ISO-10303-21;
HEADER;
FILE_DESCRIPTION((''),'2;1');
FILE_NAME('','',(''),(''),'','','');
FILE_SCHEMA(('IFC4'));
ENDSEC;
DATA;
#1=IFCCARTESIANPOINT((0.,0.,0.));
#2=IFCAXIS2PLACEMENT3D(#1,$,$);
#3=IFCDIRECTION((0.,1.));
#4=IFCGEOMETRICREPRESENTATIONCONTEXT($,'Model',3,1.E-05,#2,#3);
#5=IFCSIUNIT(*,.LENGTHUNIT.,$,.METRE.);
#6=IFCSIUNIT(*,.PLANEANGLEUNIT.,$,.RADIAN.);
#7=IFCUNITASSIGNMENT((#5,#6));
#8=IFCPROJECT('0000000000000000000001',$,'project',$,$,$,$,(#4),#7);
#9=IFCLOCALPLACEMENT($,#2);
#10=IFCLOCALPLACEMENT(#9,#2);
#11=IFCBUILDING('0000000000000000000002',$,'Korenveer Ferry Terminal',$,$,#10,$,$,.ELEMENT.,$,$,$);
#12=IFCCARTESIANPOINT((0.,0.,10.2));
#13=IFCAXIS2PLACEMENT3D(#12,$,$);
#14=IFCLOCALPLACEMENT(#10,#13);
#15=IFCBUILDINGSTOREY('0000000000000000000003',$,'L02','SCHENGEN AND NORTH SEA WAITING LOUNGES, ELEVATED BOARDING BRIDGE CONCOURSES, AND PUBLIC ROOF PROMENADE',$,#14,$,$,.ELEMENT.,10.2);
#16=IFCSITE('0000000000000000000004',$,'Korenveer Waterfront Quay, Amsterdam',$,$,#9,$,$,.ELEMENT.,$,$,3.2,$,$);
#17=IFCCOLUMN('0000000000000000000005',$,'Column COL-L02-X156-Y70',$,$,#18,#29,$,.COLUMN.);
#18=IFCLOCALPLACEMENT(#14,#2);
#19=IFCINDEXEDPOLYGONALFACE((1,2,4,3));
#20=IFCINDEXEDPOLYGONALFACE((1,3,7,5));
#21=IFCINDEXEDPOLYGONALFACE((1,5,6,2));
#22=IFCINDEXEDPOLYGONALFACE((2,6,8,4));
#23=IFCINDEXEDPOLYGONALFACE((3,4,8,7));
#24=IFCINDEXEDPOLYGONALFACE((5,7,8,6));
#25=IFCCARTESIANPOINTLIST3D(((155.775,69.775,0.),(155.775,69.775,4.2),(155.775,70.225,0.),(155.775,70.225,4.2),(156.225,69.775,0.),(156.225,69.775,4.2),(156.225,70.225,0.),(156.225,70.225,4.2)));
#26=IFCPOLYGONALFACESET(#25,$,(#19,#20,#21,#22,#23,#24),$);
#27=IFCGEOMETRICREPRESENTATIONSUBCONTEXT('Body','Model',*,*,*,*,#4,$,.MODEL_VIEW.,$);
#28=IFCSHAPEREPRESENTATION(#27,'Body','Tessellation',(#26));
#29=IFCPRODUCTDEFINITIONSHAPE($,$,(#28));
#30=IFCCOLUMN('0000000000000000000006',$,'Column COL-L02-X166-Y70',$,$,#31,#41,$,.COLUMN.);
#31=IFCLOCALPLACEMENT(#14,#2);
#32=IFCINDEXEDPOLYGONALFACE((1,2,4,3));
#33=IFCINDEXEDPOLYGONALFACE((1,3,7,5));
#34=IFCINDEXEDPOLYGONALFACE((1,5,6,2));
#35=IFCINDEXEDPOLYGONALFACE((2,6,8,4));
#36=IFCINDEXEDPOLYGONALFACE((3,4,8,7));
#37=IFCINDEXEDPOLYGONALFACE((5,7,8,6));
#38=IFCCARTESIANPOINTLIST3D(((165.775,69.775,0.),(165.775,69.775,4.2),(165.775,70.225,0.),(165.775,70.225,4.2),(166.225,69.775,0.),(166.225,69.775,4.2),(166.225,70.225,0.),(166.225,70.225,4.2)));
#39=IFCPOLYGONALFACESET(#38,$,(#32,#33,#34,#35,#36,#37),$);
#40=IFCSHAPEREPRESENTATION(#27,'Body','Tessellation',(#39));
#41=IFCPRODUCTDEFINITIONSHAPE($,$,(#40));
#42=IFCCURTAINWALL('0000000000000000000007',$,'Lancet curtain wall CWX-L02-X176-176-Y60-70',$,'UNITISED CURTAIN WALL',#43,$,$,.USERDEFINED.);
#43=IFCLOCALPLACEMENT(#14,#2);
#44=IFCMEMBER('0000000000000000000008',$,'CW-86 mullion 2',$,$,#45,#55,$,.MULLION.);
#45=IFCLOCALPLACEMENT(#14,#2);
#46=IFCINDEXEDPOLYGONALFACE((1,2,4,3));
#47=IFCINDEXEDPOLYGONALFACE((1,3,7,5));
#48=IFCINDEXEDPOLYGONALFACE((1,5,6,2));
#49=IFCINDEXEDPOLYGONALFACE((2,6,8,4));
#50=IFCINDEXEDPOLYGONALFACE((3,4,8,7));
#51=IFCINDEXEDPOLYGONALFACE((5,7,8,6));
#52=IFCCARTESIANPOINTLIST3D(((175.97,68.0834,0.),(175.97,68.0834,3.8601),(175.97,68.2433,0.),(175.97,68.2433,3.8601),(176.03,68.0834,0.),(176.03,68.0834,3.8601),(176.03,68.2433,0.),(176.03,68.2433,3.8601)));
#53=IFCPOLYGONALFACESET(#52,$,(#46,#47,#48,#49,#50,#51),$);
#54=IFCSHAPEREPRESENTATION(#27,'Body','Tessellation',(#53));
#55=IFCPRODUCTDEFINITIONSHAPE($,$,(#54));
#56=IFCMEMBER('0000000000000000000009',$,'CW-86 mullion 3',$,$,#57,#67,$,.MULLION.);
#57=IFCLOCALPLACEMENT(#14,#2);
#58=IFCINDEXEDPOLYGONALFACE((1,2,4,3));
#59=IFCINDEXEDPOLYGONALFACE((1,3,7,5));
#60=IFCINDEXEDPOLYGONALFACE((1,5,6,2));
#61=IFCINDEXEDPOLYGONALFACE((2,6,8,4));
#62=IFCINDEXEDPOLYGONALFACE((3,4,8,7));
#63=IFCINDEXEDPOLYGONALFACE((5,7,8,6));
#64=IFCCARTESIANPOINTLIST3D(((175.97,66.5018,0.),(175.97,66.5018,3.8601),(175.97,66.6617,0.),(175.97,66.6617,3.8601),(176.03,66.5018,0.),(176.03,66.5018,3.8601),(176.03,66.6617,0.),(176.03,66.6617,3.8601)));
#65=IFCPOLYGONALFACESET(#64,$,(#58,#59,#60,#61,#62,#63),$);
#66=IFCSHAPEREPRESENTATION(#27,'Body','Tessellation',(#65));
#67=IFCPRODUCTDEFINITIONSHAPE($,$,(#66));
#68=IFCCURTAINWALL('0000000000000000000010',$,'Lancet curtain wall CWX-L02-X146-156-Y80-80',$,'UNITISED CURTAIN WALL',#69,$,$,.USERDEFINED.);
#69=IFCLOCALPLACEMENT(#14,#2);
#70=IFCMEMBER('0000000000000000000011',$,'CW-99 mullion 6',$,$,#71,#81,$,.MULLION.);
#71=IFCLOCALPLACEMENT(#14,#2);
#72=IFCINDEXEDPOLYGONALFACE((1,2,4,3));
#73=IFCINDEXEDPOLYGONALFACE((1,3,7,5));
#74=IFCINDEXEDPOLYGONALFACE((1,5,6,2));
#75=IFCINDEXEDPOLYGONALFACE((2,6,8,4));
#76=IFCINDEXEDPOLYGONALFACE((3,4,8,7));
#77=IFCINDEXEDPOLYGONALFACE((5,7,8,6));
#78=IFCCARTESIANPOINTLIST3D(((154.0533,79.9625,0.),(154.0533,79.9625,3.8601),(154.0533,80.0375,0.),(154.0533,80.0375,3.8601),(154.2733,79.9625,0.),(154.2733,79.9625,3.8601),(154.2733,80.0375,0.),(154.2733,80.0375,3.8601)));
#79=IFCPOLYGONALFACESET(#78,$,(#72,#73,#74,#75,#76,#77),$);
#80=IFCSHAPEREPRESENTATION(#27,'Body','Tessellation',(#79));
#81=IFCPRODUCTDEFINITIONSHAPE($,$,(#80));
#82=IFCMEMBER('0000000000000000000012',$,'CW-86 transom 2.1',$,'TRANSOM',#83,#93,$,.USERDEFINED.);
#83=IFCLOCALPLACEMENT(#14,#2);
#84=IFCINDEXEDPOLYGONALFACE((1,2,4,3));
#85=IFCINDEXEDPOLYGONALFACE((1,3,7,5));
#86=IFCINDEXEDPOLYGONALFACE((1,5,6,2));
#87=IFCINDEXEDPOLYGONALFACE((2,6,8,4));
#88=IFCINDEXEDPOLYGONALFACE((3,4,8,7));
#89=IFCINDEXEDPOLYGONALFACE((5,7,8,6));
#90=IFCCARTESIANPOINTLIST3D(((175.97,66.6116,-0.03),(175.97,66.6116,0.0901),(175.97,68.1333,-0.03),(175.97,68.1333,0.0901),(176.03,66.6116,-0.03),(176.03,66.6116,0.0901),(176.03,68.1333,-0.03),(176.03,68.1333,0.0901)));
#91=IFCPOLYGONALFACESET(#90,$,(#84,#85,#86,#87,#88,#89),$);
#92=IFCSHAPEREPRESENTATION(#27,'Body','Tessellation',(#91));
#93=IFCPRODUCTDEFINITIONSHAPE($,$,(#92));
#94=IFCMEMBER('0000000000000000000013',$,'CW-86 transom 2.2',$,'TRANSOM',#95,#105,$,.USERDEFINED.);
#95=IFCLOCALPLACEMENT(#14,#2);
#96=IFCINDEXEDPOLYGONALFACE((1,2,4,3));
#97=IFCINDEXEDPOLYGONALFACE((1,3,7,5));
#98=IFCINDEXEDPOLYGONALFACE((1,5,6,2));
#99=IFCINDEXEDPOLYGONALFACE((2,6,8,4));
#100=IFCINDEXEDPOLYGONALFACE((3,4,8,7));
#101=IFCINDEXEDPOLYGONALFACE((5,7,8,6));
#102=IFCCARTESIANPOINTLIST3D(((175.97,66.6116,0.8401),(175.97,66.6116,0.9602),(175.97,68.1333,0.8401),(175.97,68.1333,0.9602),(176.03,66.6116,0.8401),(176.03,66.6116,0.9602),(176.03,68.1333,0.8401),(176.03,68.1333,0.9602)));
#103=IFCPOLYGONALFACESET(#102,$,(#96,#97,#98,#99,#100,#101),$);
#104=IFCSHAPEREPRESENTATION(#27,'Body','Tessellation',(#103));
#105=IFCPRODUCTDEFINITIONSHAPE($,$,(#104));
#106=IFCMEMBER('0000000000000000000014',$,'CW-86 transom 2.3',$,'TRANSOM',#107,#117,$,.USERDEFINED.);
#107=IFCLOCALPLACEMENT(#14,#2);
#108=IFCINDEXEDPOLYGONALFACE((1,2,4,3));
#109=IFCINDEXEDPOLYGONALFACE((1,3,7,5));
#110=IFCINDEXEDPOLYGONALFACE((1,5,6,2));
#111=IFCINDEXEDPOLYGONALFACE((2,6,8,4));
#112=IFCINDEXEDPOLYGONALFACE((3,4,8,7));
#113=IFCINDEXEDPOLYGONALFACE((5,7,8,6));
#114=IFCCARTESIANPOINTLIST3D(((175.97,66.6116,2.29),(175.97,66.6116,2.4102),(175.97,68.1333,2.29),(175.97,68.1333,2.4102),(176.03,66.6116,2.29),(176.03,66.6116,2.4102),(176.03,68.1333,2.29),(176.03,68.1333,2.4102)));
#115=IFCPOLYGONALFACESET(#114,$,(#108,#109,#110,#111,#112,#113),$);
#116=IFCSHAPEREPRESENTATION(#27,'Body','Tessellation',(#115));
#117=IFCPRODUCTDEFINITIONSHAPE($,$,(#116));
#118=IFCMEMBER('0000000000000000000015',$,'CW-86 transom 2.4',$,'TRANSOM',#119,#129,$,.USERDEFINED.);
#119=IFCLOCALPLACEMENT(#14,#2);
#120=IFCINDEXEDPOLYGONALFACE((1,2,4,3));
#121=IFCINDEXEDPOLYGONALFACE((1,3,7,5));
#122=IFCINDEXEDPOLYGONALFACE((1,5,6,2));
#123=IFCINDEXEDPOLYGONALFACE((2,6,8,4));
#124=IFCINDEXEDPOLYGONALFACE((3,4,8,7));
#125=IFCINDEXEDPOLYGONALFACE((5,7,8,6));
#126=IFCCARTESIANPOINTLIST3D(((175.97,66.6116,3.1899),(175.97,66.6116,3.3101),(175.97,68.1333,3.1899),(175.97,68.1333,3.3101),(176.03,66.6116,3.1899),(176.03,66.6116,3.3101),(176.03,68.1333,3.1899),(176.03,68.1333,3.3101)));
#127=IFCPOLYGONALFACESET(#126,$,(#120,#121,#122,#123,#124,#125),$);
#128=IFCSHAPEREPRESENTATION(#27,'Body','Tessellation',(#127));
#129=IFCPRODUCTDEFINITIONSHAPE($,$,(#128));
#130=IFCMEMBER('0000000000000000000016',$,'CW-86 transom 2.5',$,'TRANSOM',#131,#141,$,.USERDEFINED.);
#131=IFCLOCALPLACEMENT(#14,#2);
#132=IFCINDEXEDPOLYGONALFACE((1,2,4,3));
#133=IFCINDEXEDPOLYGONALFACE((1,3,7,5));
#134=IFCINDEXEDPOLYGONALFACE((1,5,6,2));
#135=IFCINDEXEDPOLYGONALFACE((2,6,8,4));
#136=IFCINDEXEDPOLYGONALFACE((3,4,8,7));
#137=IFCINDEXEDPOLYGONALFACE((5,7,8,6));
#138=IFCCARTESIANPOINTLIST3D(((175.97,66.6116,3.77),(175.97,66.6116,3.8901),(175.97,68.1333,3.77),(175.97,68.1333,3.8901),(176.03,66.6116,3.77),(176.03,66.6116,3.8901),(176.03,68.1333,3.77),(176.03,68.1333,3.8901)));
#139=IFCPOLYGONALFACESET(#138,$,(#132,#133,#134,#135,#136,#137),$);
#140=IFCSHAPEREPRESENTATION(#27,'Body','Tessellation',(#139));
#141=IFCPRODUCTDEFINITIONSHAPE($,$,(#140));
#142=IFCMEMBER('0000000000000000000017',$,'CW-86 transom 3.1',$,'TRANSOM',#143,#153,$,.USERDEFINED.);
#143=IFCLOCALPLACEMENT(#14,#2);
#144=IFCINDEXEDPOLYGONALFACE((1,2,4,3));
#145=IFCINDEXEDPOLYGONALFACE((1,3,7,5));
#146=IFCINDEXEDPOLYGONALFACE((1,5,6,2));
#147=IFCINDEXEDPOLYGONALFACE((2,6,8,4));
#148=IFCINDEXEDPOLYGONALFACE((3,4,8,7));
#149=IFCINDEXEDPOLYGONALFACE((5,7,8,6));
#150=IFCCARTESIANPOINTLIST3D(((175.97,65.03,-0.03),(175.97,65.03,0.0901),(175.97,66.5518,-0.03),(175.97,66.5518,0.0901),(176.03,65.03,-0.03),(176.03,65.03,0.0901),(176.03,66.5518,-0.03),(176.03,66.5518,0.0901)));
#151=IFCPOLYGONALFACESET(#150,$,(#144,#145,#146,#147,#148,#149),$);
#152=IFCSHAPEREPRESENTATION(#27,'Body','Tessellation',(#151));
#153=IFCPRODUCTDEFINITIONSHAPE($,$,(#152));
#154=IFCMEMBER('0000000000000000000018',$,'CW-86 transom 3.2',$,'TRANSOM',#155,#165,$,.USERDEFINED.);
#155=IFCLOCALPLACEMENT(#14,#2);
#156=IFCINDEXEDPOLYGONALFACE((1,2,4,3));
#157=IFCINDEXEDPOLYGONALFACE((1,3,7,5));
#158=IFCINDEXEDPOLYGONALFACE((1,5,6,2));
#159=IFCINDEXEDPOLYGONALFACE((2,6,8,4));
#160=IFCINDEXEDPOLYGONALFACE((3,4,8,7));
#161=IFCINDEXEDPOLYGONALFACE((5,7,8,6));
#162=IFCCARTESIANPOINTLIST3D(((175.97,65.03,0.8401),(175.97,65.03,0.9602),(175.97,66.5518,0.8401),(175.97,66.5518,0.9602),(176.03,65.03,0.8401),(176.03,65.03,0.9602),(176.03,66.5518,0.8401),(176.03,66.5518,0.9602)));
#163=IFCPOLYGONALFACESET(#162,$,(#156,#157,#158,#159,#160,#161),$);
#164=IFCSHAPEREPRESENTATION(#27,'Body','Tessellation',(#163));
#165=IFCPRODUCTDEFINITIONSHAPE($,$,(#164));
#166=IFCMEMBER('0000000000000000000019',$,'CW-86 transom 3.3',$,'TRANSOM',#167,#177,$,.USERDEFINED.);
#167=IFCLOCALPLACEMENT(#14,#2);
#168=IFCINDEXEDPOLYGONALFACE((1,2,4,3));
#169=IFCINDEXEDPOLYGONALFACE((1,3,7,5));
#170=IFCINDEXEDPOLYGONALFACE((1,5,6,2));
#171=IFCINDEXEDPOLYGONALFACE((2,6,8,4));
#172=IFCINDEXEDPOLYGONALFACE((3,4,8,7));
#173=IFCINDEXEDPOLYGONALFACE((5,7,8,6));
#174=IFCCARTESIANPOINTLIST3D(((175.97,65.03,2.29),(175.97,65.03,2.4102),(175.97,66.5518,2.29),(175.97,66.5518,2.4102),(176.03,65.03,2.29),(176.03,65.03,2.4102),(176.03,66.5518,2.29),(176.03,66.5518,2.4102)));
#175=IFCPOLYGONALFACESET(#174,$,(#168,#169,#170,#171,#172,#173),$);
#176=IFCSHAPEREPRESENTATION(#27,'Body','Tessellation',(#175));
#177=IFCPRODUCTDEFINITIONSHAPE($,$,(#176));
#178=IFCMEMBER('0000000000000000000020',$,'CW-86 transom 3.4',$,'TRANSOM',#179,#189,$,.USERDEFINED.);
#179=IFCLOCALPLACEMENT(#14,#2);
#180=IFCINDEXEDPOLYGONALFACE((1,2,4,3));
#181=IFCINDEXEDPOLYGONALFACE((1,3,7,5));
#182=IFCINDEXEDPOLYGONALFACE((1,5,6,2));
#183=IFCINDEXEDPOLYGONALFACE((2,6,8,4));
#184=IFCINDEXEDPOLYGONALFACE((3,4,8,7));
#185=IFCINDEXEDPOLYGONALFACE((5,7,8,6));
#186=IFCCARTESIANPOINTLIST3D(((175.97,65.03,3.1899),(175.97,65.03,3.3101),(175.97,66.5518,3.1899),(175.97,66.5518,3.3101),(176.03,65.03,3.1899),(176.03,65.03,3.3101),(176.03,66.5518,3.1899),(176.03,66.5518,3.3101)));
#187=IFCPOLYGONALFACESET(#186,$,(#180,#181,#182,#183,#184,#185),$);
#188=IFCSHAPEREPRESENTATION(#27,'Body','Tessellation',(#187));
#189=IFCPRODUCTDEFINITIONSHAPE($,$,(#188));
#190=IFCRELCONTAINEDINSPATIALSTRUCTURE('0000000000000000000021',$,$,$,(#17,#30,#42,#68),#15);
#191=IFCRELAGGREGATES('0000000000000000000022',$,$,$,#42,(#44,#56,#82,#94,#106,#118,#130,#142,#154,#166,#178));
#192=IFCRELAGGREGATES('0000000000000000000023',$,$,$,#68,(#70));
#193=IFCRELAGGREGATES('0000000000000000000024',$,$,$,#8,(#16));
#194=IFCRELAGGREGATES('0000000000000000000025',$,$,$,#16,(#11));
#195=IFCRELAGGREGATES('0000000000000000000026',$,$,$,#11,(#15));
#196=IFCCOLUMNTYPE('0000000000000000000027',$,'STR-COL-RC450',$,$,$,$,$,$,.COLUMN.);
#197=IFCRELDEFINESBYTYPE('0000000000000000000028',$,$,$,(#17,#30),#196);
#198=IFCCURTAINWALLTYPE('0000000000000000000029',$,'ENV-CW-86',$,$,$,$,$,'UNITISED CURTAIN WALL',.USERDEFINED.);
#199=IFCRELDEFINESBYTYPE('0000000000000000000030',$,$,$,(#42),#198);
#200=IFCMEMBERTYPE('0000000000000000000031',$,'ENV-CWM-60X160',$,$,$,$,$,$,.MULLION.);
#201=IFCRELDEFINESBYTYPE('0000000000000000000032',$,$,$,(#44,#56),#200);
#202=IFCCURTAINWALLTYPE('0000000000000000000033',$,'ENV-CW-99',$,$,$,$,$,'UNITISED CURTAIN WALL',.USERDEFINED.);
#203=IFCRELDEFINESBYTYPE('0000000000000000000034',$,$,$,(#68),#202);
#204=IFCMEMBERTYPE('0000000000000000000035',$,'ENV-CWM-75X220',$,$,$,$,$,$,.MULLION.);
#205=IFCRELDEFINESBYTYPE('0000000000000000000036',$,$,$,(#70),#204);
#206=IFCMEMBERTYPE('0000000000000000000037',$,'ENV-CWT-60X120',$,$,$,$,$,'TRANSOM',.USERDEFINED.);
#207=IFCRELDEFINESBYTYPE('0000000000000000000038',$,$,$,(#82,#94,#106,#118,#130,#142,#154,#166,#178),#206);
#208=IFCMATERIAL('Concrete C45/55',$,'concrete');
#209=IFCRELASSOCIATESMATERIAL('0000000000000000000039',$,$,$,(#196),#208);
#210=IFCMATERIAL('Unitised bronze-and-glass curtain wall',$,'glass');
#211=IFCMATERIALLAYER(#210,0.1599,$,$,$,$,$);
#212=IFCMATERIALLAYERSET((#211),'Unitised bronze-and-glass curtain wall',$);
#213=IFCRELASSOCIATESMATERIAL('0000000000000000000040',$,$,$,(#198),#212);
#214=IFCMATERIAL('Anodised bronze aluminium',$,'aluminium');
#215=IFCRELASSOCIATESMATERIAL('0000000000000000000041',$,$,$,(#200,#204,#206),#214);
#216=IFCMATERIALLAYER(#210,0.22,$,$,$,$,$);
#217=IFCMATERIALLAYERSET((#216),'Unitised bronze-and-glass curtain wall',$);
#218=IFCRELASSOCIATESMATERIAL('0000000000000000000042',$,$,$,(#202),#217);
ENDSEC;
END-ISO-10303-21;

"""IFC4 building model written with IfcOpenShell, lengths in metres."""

from ifc_helpers import new_model, si_unit, direction, frame, origin, origin_2d, place, context, subcontext, project, spatial, rectangle, extrude, material, layer, layer_set, material_profile, profile_set, type_object, element, aggregate, save


model = new_model("IFC4")

# Units and contexts
model_context = context("Model", 3, precision=1e-05, world=origin(), true_north=direction((0.0, 1.0)))
body_context = subcontext(model_context, "Body", "Model", "MODEL_VIEW")
ifc_project = project(units=[si_unit("LENGTHUNIT", "METRE"), si_unit("PLANEANGLEUNIT", "RADIAN")], contexts=[model_context])

# Site, building, storey
site_placement = place(None, origin())
site = spatial("IfcSite", under=ifc_project, at=site_placement, Name="Korenveer Waterfront Quay, Amsterdam", CompositionType="ELEMENT", RefElevation=3.2)
building_placement = place(site_placement, origin())
building = spatial("IfcBuilding", under=site, at=building_placement, Name="Korenveer Ferry Terminal", CompositionType="ELEMENT")
storey_placement = place(building_placement, frame((0.0, 0.0, 10.2)))
storey = spatial("IfcBuildingStorey", under=building, at=storey_placement, Name="L02", Description="SCHENGEN AND NORTH SEA WAITING LOUNGES, ELEVATED BOARDING BRIDGE CONCOURSES, AND PUBLIC ROOF PROMENADE", CompositionType="ELEMENT", Elevation=10.2)

# Columns
ifc_material_1 = material(Name="Concrete C45/55", Category="concrete")
ifc_material_profile_1 = material_profile(ifc_material_1, rectangle(XDim=0.45, YDim=0.45, at=origin_2d()), Name="RC 450x450")
ifc_profile_set_1 = profile_set([ifc_material_profile_1], Name="Concrete C45/55")
column_type = type_object("IfcColumnType", Name="STR-COL-RC450", PredefinedType="COLUMN", material=ifc_profile_set_1)
for number, where, z_axis, x_axis, name in (
    (1, (156.0, 70.0, 0.0), (0.0, 0.0, 1.0), (1.0, 0.0, 0.0), "Column COL-L02-X156-Y70"),
    (2, (166.0, 70.0, 0.0), (0.0, 0.0, 1.0), (1.0, 0.0, 0.0), "Column COL-L02-X166-Y70"),
):
    element("IfcColumn", number, at=place(storey_placement, frame(where, z_axis=z_axis, x_axis=x_axis)), inside=storey, type_object=column_type, Name=name, PredefinedType="COLUMN", context=body_context, shape_type="SweptSolid", body=[
        extrude(rectangle(XDim=0.45, YDim=0.45, at=origin_2d()), origin(), (0.0, 0.0, 1.0), 4.2),
    ])

# Curtain wall, members
ifc_material_2 = material(Name="Unitised bronze-and-glass curtain wall", Category="glass")
ifc_layer_1 = layer(ifc_material_2, 0.1599)
ifc_layer_set_1 = layer_set([ifc_layer_1], Name="Unitised bronze-and-glass curtain wall")
curtain_wall_type_1 = type_object("IfcCurtainWallType", Name="ENV-CW-86", ElementType="UNITISED CURTAIN WALL", PredefinedType="USERDEFINED", material=ifc_layer_set_1)
curtain_wall_1_placement = place(storey_placement, frame((176.0, 69.7451, 0.0)))
curtain_wall_1 = element("IfcCurtainWall", 3, at=curtain_wall_1_placement, inside=storey, type_object=curtain_wall_type_1, Name="Lancet curtain wall CWX-L02-X176-176-Y60-70", ObjectType="UNITISED CURTAIN WALL", PredefinedType="USERDEFINED")
ifc_material_3 = material(Name="Anodised bronze aluminium", Category="aluminium")
ifc_material_profile_2 = material_profile(ifc_material_3, rectangle(XDim=0.0601, YDim=0.1599, at=origin_2d()), Name="ALU 60x160")
ifc_profile_set_2 = profile_set([ifc_material_profile_2], Name="Anodised bronze aluminium")
member_type_1 = type_object("IfcMemberType", Name="ENV-CWM-60X160", PredefinedType="MULLION", material=ifc_profile_set_2)
member_1_placement = place(storey_placement, frame((176.0, 68.1633, 0.0), z_axis=(0.0, 0.0, 1.0), x_axis=(1.0, 0.0, 0.0)))
member_1 = element("IfcMember", 4, at=member_1_placement, type_object=member_type_1, Name="CW-86 mullion 2", PredefinedType="MULLION", context=body_context, shape_type="SweptSolid", body=[
    extrude(rectangle(XDim=0.0601, YDim=0.1599, at=origin_2d()), origin(), (0.0, 0.0, 1.0), 3.8601),
])
member_2_placement = place(storey_placement, frame((176.0, 66.5818, 0.0), z_axis=(0.0, 0.0, 1.0), x_axis=(1.0, 0.0, 0.0)))
member_2 = element("IfcMember", 5, at=member_2_placement, type_object=member_type_1, Name="CW-86 mullion 3", PredefinedType="MULLION", context=body_context, shape_type="SweptSolid", body=[
    extrude(rectangle(XDim=0.0601, YDim=0.1599, at=origin_2d()), origin(), (0.0, 0.0, 1.0), 3.8601),
])

# Curtain wall, member
ifc_layer_2 = layer(ifc_material_2, 0.22)
ifc_layer_set_2 = layer_set([ifc_layer_2], Name="Unitised bronze-and-glass curtain wall")
curtain_wall_type_2 = type_object("IfcCurtainWallType", Name="ENV-CW-99", ElementType="UNITISED CURTAIN WALL", PredefinedType="USERDEFINED", material=ifc_layer_set_2)
curtain_wall_2_placement = place(storey_placement, frame((146.2549, 80.0, 0.0)))
curtain_wall_2 = element("IfcCurtainWall", 6, at=curtain_wall_2_placement, inside=storey, type_object=curtain_wall_type_2, Name="Lancet curtain wall CWX-L02-X146-156-Y80-80", ObjectType="UNITISED CURTAIN WALL", PredefinedType="USERDEFINED")
ifc_material_profile_3 = material_profile(ifc_material_3, rectangle(XDim=0.075, YDim=0.22, at=origin_2d()), Name="ALU 75x220")
ifc_profile_set_3 = profile_set([ifc_material_profile_3], Name="Anodised bronze aluminium")
member_type_2 = type_object("IfcMemberType", Name="ENV-CWM-75X220", PredefinedType="MULLION", material=ifc_profile_set_3)
member_3_placement = place(storey_placement, frame((154.1633, 80.0, 0.0), z_axis=(0.0, 0.0, 1.0), x_axis=(0.0, 1.0, 0.0)))
member_3 = element("IfcMember", 7, at=member_3_placement, type_object=member_type_2, Name="CW-99 mullion 6", PredefinedType="MULLION", context=body_context, shape_type="SweptSolid", body=[
    extrude(rectangle(XDim=0.075, YDim=0.22, at=origin_2d()), origin(), (0.0, 0.0, 1.0), 3.8601),
])

# Members
ifc_material_profile_4 = material_profile(ifc_material_3, rectangle(XDim=0.0601, YDim=0.1201, at=origin_2d()), Name="ALU 60x120")
ifc_profile_set_4 = profile_set([ifc_material_profile_4], Name="Anodised bronze aluminium")
member_type_3 = type_object("IfcMemberType", Name="ENV-CWT-60X120", ElementType="TRANSOM", PredefinedType="USERDEFINED", material=ifc_profile_set_4)
member_4_placement = place(storey_placement, frame((176.0, 68.1333, 0.03), z_axis=(0.0, -1.0, 0.0), x_axis=(1.0, 0.0, 0.0)))
member_4 = element("IfcMember", 8, at=member_4_placement, type_object=member_type_3, Name="CW-86 transom 2.1", ObjectType="TRANSOM", PredefinedType="USERDEFINED", context=body_context, shape_type="SweptSolid", body=[
    extrude(rectangle(XDim=0.0601, YDim=0.1201, at=origin_2d()), origin(), (0.0, 0.0, 1.0), 1.5217),
])
member_5_placement = place(storey_placement, frame((176.0, 68.1333, 0.9001), z_axis=(0.0, -1.0, 0.0), x_axis=(1.0, 0.0, 0.0)))
member_5 = element("IfcMember", 9, at=member_5_placement, type_object=member_type_3, Name="CW-86 transom 2.2", ObjectType="TRANSOM", PredefinedType="USERDEFINED", context=body_context, shape_type="SweptSolid", body=[
    extrude(rectangle(XDim=0.0601, YDim=0.1201, at=origin_2d()), origin(), (0.0, 0.0, 1.0), 1.5217),
])
member_6_placement = place(storey_placement, frame((176.0, 68.1333, 2.3501), z_axis=(0.0, -1.0, 0.0), x_axis=(1.0, 0.0, 0.0)))
member_6 = element("IfcMember", 10, at=member_6_placement, type_object=member_type_3, Name="CW-86 transom 2.3", ObjectType="TRANSOM", PredefinedType="USERDEFINED", context=body_context, shape_type="SweptSolid", body=[
    extrude(rectangle(XDim=0.0601, YDim=0.1201, at=origin_2d()), origin(), (0.0, 0.0, 1.0), 1.5217),
])
member_7_placement = place(storey_placement, frame((176.0, 68.1333, 3.25), z_axis=(0.0, -1.0, 0.0), x_axis=(1.0, 0.0, 0.0)))
member_7 = element("IfcMember", 11, at=member_7_placement, type_object=member_type_3, Name="CW-86 transom 2.4", ObjectType="TRANSOM", PredefinedType="USERDEFINED", context=body_context, shape_type="SweptSolid", body=[
    extrude(rectangle(XDim=0.0601, YDim=0.1201, at=origin_2d()), origin(), (0.0, 0.0, 1.0), 1.5217),
])
member_8_placement = place(storey_placement, frame((176.0, 68.1333, 3.8301), z_axis=(0.0, -1.0, 0.0), x_axis=(1.0, 0.0, 0.0)))
member_8 = element("IfcMember", 12, at=member_8_placement, type_object=member_type_3, Name="CW-86 transom 2.5", ObjectType="TRANSOM", PredefinedType="USERDEFINED", context=body_context, shape_type="SweptSolid", body=[
    extrude(rectangle(XDim=0.0601, YDim=0.1201, at=origin_2d()), origin(), (0.0, 0.0, 1.0), 1.5217),
])
member_9_placement = place(storey_placement, frame((176.0, 66.5518, 0.03), z_axis=(0.0, -1.0, 0.0), x_axis=(1.0, 0.0, 0.0)))
member_9 = element("IfcMember", 13, at=member_9_placement, type_object=member_type_3, Name="CW-86 transom 3.1", ObjectType="TRANSOM", PredefinedType="USERDEFINED", context=body_context, shape_type="SweptSolid", body=[
    extrude(rectangle(XDim=0.0601, YDim=0.1201, at=origin_2d()), origin(), (0.0, 0.0, 1.0), 1.5217),
])
member_10_placement = place(storey_placement, frame((176.0, 66.5518, 0.9001), z_axis=(0.0, -1.0, 0.0), x_axis=(1.0, 0.0, 0.0)))
member_10 = element("IfcMember", 14, at=member_10_placement, type_object=member_type_3, Name="CW-86 transom 3.2", ObjectType="TRANSOM", PredefinedType="USERDEFINED", context=body_context, shape_type="SweptSolid", body=[
    extrude(rectangle(XDim=0.0601, YDim=0.1201, at=origin_2d()), origin(), (0.0, 0.0, 1.0), 1.5217),
])
member_11_placement = place(storey_placement, frame((176.0, 66.5518, 2.3501), z_axis=(0.0, -1.0, 0.0), x_axis=(1.0, 0.0, 0.0)))
member_11 = element("IfcMember", 15, at=member_11_placement, type_object=member_type_3, Name="CW-86 transom 3.3", ObjectType="TRANSOM", PredefinedType="USERDEFINED", context=body_context, shape_type="SweptSolid", body=[
    extrude(rectangle(XDim=0.0601, YDim=0.1201, at=origin_2d()), origin(), (0.0, 0.0, 1.0), 1.5217),
])
member_12_placement = place(storey_placement, frame((176.0, 66.5518, 3.25), z_axis=(0.0, -1.0, 0.0), x_axis=(1.0, 0.0, 0.0)))
member_12 = element("IfcMember", 16, at=member_12_placement, type_object=member_type_3, Name="CW-86 transom 3.4", ObjectType="TRANSOM", PredefinedType="USERDEFINED", context=body_context, shape_type="SweptSolid", body=[
    extrude(rectangle(XDim=0.0601, YDim=0.1201, at=origin_2d()), origin(), (0.0, 0.0, 1.0), 1.5217),
])

aggregate(curtain_wall_1, [member_1, member_2, member_4, member_5, member_6, member_7, member_8, member_9, member_10, member_11, member_12])
aggregate(curtain_wall_2, [member_3])

save(model, "model.ifc")
